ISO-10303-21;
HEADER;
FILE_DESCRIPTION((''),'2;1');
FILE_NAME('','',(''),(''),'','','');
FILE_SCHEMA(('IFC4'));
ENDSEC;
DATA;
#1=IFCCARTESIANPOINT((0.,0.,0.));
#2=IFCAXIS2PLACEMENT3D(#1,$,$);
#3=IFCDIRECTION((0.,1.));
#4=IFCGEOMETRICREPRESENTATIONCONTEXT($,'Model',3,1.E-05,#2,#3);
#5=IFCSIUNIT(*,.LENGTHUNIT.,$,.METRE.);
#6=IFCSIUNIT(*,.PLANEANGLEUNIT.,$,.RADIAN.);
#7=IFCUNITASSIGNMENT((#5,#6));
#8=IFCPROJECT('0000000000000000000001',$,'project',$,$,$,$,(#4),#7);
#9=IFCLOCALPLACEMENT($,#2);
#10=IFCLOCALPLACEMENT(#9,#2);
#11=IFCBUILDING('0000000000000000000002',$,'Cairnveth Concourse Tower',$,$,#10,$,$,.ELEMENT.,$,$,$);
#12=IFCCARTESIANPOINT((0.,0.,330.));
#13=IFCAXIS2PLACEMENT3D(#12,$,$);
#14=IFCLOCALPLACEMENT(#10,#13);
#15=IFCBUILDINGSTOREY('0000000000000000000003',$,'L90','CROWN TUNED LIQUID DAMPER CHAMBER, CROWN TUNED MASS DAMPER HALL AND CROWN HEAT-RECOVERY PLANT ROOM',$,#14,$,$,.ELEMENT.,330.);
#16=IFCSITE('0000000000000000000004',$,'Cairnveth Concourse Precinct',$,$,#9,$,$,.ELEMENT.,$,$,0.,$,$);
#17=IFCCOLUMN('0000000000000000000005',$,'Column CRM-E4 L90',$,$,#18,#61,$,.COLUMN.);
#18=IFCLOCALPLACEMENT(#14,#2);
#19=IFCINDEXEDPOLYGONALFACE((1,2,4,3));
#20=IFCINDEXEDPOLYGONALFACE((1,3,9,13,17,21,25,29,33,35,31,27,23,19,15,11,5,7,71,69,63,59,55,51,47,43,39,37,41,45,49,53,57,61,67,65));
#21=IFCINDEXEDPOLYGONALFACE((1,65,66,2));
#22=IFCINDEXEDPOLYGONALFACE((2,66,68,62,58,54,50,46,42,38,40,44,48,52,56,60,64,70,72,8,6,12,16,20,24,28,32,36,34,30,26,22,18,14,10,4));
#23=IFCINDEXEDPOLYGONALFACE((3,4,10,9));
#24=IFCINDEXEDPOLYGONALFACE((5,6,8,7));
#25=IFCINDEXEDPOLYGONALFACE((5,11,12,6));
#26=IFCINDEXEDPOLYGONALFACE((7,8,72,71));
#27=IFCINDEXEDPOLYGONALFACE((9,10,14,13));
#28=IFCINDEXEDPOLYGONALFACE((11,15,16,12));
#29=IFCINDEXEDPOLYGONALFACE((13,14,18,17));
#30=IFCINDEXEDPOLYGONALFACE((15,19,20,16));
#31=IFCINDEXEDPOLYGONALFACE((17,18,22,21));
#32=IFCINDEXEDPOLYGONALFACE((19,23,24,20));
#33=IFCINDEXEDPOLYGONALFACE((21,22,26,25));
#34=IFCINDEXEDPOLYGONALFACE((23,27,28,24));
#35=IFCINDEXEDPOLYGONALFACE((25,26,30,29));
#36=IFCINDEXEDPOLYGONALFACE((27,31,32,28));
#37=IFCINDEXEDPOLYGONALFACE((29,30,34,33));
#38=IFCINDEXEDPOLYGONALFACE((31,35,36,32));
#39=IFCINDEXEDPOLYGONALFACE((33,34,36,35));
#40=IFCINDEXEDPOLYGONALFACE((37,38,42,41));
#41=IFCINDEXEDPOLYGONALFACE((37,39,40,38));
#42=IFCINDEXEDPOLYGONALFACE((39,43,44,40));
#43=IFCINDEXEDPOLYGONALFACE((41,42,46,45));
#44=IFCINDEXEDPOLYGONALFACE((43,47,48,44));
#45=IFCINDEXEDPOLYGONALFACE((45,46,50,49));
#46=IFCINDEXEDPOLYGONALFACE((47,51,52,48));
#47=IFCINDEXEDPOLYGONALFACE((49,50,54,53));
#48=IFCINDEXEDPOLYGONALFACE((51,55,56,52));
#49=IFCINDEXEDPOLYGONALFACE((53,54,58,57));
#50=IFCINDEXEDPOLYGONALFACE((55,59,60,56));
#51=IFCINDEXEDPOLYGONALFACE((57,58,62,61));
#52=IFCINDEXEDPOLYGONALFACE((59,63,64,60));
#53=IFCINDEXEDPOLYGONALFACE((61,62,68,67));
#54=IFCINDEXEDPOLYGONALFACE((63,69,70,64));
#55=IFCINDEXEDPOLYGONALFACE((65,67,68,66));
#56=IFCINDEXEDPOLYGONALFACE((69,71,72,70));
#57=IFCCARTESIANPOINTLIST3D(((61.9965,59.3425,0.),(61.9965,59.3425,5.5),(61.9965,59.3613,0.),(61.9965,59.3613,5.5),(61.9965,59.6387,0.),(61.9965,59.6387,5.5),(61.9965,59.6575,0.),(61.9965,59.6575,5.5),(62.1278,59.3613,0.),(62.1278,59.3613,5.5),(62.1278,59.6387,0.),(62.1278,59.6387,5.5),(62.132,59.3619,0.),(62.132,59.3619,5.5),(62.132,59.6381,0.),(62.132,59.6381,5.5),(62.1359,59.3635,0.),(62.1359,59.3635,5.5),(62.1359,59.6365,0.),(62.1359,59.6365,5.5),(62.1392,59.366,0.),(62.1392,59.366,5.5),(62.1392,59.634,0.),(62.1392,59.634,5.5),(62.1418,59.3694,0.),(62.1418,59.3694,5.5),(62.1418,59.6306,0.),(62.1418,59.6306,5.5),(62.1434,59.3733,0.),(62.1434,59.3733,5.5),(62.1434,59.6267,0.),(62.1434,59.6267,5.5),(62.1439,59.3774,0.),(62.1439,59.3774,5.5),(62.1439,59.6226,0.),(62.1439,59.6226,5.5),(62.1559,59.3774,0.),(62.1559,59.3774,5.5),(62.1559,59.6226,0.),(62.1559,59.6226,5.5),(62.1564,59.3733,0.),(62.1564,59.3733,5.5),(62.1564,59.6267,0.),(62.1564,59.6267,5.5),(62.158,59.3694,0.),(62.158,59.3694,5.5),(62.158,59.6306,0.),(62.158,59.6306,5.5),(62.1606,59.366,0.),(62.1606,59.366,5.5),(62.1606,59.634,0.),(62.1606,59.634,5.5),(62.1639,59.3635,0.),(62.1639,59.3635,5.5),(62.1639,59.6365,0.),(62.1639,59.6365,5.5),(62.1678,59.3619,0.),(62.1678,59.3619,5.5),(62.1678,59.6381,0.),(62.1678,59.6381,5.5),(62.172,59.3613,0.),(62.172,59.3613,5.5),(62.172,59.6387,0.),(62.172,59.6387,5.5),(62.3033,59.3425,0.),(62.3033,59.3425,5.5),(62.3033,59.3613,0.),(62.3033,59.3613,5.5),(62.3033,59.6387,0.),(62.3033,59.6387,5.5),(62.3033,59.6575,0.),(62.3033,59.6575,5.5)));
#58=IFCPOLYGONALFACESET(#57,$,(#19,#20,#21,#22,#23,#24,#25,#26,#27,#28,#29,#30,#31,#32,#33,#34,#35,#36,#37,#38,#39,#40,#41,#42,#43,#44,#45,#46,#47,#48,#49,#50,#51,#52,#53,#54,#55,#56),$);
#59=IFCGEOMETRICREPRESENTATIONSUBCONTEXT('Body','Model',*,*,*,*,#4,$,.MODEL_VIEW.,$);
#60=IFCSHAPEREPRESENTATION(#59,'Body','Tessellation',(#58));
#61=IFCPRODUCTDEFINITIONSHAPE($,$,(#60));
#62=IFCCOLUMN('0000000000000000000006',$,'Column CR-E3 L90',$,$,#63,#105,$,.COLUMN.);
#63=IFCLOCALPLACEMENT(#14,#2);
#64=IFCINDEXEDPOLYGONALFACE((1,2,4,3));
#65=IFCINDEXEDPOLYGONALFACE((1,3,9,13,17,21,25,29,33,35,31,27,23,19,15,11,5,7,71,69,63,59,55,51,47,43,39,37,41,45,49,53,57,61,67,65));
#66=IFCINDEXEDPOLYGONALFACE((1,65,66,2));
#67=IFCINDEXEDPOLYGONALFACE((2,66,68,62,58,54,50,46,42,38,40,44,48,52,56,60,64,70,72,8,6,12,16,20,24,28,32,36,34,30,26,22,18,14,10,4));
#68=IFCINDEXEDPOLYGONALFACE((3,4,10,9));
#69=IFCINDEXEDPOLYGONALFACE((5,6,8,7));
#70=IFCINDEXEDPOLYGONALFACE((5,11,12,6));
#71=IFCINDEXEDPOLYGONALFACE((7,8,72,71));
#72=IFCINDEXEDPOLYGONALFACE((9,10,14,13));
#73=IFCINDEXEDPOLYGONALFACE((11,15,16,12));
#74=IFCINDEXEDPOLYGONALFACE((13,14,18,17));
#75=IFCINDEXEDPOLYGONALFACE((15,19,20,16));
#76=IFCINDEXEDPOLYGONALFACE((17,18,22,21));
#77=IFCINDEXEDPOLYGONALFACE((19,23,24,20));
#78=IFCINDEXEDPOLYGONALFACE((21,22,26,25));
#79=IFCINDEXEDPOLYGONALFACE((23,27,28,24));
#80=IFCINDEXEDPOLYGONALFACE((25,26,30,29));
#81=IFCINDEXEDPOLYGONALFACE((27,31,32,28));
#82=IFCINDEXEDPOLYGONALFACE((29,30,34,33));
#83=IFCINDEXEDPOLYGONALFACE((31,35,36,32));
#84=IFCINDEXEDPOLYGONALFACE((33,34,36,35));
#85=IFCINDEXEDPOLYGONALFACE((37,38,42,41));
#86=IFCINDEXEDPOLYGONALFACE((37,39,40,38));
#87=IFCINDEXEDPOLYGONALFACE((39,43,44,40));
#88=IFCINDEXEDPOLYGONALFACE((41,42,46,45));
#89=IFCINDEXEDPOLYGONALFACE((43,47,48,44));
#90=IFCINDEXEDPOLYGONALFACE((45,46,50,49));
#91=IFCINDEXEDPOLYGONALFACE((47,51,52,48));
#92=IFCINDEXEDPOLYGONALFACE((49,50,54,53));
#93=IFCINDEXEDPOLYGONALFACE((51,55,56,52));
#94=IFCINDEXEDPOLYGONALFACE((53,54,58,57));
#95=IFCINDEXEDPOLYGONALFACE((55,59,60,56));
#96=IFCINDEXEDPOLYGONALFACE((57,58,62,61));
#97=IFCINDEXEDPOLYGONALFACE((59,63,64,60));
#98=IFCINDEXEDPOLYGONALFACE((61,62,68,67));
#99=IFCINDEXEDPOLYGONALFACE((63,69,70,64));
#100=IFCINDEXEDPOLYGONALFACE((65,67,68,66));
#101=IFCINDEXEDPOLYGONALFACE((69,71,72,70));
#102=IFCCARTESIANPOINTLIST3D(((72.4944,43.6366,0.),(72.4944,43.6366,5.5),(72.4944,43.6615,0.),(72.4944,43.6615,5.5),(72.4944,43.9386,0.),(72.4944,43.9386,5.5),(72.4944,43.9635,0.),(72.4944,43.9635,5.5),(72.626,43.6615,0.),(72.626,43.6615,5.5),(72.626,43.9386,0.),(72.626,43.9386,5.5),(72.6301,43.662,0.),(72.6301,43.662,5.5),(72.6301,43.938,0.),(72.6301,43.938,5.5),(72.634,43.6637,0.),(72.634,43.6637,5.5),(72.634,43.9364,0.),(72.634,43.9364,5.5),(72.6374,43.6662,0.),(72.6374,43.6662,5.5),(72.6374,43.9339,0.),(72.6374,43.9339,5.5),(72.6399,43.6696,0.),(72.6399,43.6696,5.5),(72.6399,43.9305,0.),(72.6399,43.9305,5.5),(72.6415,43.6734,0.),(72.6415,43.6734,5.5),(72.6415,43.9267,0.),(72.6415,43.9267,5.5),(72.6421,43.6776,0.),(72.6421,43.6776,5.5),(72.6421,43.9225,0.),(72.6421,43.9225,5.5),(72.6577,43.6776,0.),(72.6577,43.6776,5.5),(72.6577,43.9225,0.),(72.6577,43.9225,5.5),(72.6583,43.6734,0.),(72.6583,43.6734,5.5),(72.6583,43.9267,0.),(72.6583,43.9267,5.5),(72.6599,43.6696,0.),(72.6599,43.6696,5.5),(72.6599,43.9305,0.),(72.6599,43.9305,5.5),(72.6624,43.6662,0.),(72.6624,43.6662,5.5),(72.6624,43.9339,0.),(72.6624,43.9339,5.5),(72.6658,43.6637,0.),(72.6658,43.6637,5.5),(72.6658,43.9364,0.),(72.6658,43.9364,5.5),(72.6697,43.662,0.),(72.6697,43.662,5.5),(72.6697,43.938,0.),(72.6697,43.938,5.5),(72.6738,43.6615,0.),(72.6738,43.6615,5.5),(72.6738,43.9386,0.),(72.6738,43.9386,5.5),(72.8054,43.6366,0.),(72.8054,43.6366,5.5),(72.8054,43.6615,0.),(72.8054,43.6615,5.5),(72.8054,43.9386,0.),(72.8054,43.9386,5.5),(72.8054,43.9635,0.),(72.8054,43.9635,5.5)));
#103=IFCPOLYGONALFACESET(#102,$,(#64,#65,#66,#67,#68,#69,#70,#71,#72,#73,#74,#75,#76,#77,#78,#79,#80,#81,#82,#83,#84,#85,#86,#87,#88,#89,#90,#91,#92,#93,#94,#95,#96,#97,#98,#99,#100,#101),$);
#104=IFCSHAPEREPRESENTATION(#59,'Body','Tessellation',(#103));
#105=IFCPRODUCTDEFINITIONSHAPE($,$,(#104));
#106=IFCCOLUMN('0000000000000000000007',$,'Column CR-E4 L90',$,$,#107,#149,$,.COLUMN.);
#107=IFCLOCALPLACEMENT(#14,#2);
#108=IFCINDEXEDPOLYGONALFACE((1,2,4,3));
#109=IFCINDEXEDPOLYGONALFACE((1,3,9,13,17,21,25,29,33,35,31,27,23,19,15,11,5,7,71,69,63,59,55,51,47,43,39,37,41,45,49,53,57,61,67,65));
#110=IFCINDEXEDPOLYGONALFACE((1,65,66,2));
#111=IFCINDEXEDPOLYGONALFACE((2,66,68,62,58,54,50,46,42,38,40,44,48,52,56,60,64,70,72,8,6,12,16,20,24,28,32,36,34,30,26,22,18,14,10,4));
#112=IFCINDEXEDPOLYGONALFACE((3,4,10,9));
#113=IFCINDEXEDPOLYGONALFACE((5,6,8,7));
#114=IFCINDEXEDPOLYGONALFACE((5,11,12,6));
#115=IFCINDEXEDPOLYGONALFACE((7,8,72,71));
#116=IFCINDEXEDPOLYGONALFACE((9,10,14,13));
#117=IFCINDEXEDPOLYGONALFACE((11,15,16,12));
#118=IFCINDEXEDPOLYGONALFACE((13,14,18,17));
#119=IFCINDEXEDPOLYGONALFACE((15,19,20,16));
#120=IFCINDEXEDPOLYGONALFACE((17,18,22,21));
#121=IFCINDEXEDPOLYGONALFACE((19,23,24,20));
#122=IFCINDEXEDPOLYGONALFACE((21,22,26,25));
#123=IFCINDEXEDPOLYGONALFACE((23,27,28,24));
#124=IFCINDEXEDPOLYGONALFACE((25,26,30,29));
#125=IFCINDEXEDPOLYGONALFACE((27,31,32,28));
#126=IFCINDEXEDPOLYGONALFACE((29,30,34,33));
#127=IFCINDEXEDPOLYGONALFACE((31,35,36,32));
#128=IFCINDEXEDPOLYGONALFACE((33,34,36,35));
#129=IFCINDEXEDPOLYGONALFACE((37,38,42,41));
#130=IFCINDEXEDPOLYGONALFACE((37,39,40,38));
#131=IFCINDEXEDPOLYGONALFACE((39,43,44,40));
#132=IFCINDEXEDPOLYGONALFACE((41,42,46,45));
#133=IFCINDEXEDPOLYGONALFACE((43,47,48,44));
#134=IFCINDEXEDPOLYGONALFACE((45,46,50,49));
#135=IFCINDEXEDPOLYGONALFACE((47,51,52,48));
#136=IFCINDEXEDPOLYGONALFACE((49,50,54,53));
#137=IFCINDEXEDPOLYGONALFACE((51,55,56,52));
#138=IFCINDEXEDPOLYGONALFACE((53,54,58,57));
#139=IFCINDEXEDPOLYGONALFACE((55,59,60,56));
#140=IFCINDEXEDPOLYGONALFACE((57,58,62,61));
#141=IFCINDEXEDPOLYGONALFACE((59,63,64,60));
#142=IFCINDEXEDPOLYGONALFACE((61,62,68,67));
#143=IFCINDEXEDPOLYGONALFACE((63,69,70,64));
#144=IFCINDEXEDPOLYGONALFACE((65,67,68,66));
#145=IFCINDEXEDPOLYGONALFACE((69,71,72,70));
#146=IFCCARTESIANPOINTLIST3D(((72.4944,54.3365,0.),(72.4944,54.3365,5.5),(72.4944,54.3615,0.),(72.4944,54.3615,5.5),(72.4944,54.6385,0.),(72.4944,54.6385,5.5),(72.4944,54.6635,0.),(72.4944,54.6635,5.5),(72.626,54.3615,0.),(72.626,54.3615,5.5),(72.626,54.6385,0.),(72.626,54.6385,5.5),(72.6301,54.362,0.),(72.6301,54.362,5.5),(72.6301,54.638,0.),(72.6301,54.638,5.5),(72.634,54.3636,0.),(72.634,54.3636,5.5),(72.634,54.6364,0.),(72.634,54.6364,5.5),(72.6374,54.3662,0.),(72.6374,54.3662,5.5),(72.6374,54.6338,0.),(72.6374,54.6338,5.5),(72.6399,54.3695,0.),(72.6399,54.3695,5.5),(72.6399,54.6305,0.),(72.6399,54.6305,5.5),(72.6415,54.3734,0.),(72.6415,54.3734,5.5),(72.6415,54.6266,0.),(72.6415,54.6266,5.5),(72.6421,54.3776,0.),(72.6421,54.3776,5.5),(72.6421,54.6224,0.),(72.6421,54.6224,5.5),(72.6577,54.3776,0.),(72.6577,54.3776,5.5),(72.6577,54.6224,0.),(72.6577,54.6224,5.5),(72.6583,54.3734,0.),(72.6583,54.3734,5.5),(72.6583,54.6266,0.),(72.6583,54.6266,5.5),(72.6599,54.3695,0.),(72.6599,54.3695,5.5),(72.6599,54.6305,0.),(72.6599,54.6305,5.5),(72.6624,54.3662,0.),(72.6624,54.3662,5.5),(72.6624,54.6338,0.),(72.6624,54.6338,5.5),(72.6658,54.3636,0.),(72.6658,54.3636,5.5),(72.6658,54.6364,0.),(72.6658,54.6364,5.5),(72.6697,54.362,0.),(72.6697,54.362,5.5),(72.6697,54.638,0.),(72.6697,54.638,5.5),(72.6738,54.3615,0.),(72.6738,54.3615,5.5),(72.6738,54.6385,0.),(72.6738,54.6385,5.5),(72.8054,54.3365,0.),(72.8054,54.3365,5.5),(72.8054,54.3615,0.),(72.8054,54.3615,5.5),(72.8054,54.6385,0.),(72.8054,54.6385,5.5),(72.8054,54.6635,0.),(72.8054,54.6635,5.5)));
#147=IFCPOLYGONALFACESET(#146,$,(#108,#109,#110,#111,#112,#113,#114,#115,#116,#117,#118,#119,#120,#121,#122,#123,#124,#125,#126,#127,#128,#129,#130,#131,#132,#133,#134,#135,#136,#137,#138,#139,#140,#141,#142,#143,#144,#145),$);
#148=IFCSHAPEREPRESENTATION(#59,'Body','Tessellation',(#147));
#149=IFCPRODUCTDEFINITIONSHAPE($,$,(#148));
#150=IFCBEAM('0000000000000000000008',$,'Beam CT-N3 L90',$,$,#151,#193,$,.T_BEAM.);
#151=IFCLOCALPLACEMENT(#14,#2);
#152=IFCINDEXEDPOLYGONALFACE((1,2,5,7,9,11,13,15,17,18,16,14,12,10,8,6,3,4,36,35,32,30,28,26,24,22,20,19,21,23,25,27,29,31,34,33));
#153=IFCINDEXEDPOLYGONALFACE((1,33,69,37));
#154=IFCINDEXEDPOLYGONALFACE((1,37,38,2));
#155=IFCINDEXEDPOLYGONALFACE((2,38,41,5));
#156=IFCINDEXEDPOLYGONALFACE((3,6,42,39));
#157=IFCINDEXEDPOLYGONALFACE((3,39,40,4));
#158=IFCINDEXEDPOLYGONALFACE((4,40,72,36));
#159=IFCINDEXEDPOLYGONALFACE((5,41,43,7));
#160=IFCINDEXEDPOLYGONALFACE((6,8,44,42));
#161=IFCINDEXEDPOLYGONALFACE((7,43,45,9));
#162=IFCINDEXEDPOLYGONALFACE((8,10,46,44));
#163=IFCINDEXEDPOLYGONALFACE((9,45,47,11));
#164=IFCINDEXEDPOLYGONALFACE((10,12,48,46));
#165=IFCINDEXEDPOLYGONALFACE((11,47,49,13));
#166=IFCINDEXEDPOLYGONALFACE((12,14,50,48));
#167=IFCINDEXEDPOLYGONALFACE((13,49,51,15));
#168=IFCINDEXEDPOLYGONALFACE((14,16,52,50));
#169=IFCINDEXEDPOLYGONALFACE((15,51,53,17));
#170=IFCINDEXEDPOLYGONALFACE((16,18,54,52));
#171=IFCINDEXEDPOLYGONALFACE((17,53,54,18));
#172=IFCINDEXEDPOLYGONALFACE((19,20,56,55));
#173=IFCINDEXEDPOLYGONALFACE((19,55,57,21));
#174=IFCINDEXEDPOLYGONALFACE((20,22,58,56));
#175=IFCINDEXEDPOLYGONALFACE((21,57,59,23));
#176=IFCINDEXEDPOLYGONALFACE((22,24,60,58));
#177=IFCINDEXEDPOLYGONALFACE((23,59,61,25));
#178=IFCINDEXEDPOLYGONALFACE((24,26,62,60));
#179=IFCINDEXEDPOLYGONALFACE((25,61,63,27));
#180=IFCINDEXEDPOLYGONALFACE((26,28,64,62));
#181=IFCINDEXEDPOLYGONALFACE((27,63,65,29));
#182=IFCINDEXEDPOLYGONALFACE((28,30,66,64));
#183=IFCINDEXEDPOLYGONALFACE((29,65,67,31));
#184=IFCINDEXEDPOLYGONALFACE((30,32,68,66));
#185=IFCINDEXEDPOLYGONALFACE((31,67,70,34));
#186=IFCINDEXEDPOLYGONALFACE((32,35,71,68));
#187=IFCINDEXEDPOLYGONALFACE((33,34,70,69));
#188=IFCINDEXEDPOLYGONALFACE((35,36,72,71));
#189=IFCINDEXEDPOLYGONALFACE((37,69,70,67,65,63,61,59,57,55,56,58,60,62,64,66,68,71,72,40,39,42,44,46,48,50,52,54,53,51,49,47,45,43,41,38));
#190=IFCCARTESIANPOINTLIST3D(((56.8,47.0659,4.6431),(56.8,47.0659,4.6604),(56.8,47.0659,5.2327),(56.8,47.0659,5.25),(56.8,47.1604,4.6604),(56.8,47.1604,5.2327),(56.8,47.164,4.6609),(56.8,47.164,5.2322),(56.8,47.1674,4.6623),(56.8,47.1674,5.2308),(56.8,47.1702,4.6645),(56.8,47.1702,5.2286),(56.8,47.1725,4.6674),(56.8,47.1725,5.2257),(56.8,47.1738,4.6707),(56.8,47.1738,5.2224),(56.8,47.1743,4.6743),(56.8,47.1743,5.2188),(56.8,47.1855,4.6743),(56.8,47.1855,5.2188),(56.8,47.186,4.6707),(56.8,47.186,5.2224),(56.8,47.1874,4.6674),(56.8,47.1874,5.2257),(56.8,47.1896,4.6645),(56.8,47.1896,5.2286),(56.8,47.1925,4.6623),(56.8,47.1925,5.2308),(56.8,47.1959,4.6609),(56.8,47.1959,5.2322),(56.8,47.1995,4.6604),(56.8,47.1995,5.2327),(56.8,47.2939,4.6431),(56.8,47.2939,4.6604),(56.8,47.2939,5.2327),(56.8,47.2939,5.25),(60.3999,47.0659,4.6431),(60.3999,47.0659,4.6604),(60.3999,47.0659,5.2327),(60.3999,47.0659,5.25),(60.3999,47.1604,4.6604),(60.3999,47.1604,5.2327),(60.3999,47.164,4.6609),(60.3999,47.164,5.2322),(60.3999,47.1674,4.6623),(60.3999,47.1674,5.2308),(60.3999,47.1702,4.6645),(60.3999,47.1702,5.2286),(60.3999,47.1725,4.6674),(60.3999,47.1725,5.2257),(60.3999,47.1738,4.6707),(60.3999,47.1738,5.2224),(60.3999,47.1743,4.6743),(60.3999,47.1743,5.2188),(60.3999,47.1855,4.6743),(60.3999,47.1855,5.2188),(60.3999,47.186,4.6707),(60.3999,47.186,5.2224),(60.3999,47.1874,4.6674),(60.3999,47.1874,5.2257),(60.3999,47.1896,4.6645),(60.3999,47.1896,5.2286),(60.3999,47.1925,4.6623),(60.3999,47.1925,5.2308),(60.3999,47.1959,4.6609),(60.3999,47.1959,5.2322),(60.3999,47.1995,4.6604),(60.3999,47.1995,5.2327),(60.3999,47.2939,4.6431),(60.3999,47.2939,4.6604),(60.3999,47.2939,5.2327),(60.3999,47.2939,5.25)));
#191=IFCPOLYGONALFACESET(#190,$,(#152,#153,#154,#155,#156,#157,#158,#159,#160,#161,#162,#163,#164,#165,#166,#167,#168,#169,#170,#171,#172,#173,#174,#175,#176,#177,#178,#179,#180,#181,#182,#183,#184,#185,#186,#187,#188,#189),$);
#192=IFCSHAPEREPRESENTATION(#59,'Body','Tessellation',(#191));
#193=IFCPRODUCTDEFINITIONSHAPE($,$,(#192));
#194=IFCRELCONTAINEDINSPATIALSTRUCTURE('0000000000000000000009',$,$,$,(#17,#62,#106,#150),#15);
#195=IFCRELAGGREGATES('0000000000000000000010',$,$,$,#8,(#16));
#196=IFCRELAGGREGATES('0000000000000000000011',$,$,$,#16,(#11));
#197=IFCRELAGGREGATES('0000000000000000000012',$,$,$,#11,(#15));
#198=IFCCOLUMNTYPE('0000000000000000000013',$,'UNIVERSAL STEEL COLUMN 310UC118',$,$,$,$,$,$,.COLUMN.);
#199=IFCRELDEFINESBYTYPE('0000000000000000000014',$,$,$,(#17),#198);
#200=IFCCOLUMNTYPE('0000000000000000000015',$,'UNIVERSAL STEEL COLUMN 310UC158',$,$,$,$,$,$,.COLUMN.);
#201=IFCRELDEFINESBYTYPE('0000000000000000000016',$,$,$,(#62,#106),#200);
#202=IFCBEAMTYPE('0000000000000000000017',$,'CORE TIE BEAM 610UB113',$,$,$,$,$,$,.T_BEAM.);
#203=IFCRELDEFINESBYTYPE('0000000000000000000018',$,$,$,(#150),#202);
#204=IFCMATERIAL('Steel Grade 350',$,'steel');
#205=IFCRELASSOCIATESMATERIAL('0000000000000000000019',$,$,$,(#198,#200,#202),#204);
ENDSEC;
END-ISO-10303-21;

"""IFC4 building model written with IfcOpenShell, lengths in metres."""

from ifc_helpers import new_model, si_unit, direction, frame, origin, origin_2d, place, context, subcontext, project, spatial, i_section, extrude, material, material_profile, profile_set, type_object, element, save


model = new_model("IFC4")

# Units and contexts
model_context = context("Model", 3, precision=1e-05, world=origin(), true_north=direction((0.0, 1.0)))
body_context = subcontext(model_context, "Body", "Model", "MODEL_VIEW")
ifc_project = project(units=[si_unit("LENGTHUNIT", "METRE"), si_unit("PLANEANGLEUNIT", "RADIAN")], contexts=[model_context])

# Site, building, storey
site_placement = place(None, origin())
site = spatial("IfcSite", under=ifc_project, at=site_placement, Name="Cairnveth Concourse Precinct", CompositionType="ELEMENT", RefElevation=0.0)
building_placement = place(site_placement, origin())
building = spatial("IfcBuilding", under=site, at=building_placement, Name="Cairnveth Concourse Tower", CompositionType="ELEMENT")
storey_placement = place(building_placement, frame((0.0, 0.0, 330.0)))
storey = spatial("IfcBuildingStorey", under=building, at=storey_placement, Name="L90", Description="CROWN TUNED LIQUID DAMPER CHAMBER, CROWN TUNED MASS DAMPER HALL AND CROWN HEAT-RECOVERY PLANT ROOM", CompositionType="ELEMENT", Elevation=330.0)

# Columns
ifc_material_1 = material(Name="Steel Grade 350", Category="steel")
ifc_material_profile_1 = material_profile(ifc_material_1, i_section(OverallWidth=0.3069, OverallDepth=0.3149, WebThickness=0.012, FlangeThickness=0.0188, FilletRadius=0.0161, at=origin_2d()), Name="310UC118")
ifc_profile_set_1 = profile_set([ifc_material_profile_1], Name="Steel Grade 350")
column_type_1 = type_object("IfcColumnType", Name="UNIVERSAL STEEL COLUMN 310UC118", PredefinedType="COLUMN", material=ifc_profile_set_1)
for number, where, z_axis, x_axis, name in (
    (1, (62.1499, 59.5, 0.0), (0.0, 0.0, 1.0), (1.0, 0.0, 0.0), "Column CRM-E4 L90"),
):
    element("IfcColumn", number, at=place(storey_placement, frame(where, z_axis=z_axis, x_axis=x_axis)), inside=storey, type_object=column_type_1, Name=name, PredefinedType="COLUMN", context=body_context, shape_type="SweptSolid", body=[
        extrude(i_section(OverallWidth=0.3069, OverallDepth=0.3149, WebThickness=0.012, FlangeThickness=0.0188, FilletRadius=0.0161, at=origin_2d()), origin(), (0.0, 0.0, 1.0), 5.5),
    ])
ifc_material_profile_2 = material_profile(ifc_material_1, i_section(OverallWidth=0.311, OverallDepth=0.3269, WebThickness=0.0156, FlangeThickness=0.0249, FilletRadius=0.0161, at=origin_2d()), Name="310UC158")
ifc_profile_set_2 = profile_set([ifc_material_profile_2], Name="Steel Grade 350")
column_type_2 = type_object("IfcColumnType", Name="UNIVERSAL STEEL COLUMN 310UC158", PredefinedType="COLUMN", material=ifc_profile_set_2)
for number, where, z_axis, x_axis, name in (
    (2, (72.6499, 43.8, 0.0), (0.0, 0.0, 1.0), (1.0, 0.0, 0.0), "Column CR-E3 L90"),
    (3, (72.6499, 54.5, 0.0), (0.0, 0.0, 1.0), (1.0, 0.0, 0.0), "Column CR-E4 L90"),
):
    element("IfcColumn", number, at=place(storey_placement, frame(where, z_axis=z_axis, x_axis=x_axis)), inside=storey, type_object=column_type_2, Name=name, PredefinedType="COLUMN", context=body_context, shape_type="SweptSolid", body=[
        extrude(i_section(OverallWidth=0.311, OverallDepth=0.3269, WebThickness=0.0156, FlangeThickness=0.0249, FilletRadius=0.0161, at=origin_2d()), origin(), (0.0, 0.0, 1.0), 5.5),
    ])

# Beam
ifc_material_profile_3 = material_profile(ifc_material_1, i_section(OverallWidth=0.228, OverallDepth=0.6069, WebThickness=0.0112, FlangeThickness=0.0173, FilletRadius=0.0139, at=origin_2d()), Name="610UB113")
ifc_profile_set_3 = profile_set([ifc_material_profile_3], Name="Steel Grade 350")
beam_type_1 = type_object("IfcBeamType", Name="CORE TIE BEAM 610UB113", PredefinedType="T_BEAM", material=ifc_profile_set_3)
beam_1_placement = place(storey_placement, frame((56.8, 47.1799, 4.9465), z_axis=(1.0, 0.0, 0.0), x_axis=(0.0, 1.0, 0.0)))
element("IfcBeam", 4, at=beam_1_placement, inside=storey, type_object=beam_type_1, Name="Beam CT-N3 L90", PredefinedType="T_BEAM", context=body_context, shape_type="SweptSolid", body=[
    extrude(i_section(OverallWidth=0.228, OverallDepth=0.6069, WebThickness=0.0112, FlangeThickness=0.0173, FilletRadius=0.0139, at=origin_2d()), origin(), (0.0, 0.0, 1.0), 3.5999),
])

save(model, "model.ifc")
